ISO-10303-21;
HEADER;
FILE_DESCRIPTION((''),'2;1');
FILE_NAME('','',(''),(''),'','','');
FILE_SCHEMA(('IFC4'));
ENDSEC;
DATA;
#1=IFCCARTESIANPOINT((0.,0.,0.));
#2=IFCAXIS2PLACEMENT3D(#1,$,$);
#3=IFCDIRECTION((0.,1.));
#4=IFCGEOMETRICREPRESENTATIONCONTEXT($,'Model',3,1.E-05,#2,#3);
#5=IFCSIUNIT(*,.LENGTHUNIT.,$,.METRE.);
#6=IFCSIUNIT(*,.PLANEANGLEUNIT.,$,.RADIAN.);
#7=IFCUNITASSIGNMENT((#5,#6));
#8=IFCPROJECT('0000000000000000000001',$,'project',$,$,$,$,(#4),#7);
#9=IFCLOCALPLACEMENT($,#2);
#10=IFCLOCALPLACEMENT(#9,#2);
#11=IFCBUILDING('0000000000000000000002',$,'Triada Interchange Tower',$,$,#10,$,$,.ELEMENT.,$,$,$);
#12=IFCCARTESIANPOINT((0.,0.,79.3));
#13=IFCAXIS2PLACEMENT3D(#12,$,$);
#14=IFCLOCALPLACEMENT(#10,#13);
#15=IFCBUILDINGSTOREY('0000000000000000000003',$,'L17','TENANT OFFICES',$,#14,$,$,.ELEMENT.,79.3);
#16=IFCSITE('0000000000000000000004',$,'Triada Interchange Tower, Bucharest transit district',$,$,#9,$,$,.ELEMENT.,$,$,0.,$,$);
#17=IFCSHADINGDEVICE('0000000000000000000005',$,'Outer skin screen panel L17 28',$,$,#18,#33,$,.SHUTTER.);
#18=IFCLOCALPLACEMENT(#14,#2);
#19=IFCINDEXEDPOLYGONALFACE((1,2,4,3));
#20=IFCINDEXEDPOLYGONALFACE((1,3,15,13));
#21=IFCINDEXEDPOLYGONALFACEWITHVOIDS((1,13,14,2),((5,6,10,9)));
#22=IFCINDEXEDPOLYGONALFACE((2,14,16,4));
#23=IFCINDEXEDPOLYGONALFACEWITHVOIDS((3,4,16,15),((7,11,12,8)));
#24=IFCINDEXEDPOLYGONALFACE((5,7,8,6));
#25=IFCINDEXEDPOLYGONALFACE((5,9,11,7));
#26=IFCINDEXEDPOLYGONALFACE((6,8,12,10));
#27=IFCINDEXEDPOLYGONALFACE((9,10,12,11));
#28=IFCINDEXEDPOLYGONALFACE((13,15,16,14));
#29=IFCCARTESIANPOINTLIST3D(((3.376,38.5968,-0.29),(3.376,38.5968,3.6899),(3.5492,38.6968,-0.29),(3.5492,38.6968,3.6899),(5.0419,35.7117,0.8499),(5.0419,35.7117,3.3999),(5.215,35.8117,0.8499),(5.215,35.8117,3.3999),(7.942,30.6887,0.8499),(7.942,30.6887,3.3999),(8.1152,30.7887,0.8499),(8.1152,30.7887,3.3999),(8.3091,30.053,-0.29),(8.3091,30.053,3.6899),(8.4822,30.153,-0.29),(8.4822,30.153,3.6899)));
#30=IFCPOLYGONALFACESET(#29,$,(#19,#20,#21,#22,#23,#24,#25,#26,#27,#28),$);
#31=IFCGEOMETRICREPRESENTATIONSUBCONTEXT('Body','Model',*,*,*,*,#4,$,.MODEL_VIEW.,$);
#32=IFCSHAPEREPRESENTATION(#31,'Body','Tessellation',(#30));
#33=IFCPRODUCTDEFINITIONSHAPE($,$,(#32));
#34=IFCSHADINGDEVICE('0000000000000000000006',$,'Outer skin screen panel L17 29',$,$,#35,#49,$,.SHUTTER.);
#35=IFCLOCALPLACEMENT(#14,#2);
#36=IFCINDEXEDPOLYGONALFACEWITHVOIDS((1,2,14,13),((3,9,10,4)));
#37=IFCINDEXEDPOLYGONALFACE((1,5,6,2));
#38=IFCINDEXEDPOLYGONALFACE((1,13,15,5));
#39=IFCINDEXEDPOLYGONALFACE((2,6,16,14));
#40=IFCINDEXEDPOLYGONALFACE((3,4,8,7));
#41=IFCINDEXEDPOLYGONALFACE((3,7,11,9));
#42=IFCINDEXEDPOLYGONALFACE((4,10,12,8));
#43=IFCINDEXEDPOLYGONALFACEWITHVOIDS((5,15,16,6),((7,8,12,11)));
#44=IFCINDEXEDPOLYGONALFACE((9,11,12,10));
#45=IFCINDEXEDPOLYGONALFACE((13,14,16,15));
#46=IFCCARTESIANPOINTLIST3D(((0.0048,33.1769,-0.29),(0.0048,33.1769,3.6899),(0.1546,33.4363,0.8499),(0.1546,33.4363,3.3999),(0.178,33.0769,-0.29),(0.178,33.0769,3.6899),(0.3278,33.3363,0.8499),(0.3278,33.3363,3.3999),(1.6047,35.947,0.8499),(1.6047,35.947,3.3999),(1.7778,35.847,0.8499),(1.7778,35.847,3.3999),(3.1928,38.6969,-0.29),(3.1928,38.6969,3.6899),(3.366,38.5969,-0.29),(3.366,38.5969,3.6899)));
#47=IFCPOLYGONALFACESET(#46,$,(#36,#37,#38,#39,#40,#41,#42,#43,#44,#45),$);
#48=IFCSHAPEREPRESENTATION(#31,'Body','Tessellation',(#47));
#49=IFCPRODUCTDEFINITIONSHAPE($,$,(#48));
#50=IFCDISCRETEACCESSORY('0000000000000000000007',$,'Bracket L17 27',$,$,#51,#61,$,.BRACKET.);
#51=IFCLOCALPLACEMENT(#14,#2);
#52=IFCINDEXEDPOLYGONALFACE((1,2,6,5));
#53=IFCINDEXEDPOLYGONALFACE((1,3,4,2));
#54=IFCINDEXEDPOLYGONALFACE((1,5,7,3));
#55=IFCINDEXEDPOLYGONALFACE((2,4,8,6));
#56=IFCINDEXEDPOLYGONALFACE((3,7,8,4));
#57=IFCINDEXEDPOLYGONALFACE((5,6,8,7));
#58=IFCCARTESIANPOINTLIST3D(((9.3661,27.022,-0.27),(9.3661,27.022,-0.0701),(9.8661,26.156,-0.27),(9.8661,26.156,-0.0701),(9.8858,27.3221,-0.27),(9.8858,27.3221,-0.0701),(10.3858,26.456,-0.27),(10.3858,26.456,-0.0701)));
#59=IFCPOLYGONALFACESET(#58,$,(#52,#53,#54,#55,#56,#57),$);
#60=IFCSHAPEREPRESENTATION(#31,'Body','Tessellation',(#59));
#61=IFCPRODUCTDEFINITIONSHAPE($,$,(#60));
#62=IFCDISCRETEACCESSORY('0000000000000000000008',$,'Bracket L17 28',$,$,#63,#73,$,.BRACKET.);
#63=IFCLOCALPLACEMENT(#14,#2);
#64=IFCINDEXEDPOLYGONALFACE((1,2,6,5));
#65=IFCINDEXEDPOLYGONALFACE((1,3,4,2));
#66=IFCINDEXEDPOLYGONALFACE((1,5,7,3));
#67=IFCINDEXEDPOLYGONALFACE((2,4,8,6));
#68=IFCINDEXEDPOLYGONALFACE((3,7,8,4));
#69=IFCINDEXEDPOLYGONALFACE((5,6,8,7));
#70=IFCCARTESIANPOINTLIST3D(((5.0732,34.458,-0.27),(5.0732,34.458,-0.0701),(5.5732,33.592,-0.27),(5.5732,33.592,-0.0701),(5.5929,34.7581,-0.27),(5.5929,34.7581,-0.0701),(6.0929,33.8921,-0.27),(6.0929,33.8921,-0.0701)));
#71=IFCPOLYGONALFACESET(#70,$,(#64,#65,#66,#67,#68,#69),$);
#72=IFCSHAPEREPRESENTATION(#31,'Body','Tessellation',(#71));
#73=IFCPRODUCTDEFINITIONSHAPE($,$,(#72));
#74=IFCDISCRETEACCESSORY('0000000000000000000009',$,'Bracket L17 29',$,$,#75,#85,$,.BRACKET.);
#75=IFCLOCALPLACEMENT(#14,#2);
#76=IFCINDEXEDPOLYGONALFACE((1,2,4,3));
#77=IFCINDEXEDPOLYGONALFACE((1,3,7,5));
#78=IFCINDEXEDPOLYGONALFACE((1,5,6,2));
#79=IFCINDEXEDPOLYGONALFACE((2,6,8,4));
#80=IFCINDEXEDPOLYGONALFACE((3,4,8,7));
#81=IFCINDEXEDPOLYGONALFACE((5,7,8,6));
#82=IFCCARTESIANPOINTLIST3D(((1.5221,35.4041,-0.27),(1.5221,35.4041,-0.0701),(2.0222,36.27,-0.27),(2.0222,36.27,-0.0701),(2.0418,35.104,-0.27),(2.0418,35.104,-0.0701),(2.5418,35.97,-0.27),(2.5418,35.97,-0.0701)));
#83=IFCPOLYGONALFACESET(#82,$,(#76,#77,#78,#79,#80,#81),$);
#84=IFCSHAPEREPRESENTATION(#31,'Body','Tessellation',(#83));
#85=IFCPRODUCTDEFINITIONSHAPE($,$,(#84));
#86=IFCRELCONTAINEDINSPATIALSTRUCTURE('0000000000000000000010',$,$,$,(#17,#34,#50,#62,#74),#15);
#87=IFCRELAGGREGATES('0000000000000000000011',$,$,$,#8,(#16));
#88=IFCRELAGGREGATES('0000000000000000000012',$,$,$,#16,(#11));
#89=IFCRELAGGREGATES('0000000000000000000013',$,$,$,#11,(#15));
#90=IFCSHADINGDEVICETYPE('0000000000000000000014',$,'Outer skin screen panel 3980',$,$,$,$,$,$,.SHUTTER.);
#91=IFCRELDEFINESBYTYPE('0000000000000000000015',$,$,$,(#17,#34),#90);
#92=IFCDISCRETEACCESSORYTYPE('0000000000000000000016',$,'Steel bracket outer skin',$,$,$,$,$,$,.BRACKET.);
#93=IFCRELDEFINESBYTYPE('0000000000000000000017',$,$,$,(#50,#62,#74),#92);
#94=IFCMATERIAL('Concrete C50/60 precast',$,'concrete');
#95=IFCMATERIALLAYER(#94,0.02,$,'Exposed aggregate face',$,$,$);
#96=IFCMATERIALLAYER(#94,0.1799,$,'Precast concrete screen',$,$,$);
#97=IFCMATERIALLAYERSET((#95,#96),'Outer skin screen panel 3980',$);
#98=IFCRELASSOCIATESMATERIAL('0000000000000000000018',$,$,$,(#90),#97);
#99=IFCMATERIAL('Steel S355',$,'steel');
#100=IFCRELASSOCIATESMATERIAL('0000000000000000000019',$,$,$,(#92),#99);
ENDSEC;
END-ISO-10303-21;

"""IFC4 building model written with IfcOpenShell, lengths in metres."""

from ifc_helpers import new_model, si_unit, direction, frame, origin, origin_2d, place, context, subcontext, project, spatial, polyline, rectangle, outline, extrude, material, layer, layer_set, type_object, element, save


model = new_model("IFC4")

# Units and contexts
model_context = context("Model", 3, precision=1e-05, world=origin(), true_north=direction((0.0, 1.0)))
body_context = subcontext(model_context, "Body", "Model", "MODEL_VIEW")
ifc_project = project(units=[si_unit("LENGTHUNIT", "METRE"), si_unit("PLANEANGLEUNIT", "RADIAN")], contexts=[model_context])

# Site, building, storey
site_placement = place(None, origin())
site = spatial("IfcSite", under=ifc_project, at=site_placement, Name="Triada Interchange Tower, Bucharest transit district", CompositionType="ELEMENT", RefElevation=0.0)
building_placement = place(site_placement, origin())
building = spatial("IfcBuilding", under=site, at=building_placement, Name="Triada Interchange Tower", CompositionType="ELEMENT")
storey_placement = place(building_placement, frame((0.0, 0.0, 79.3)))
storey = spatial("IfcBuildingStorey", under=building, at=storey_placement, Name="L17", Description="TENANT OFFICES", CompositionType="ELEMENT", Elevation=79.3)

# Shading devices
ifc_material_1 = material(Name="Concrete C50/60 precast", Category="concrete")
ifc_layer_1 = layer(ifc_material_1, 0.02, Name="Exposed aggregate face")
ifc_layer_2 = layer(ifc_material_1, 0.1799, Name="Precast concrete screen")
ifc_layer_set_1 = layer_set([ifc_layer_1, ifc_layer_2], Name="Outer skin screen panel 3980")
shading_device_type = type_object("IfcShadingDeviceType", Name="Outer skin screen panel 3980", PredefinedType="SHUTTER", material=ifc_layer_set_1)
shading_device_1_placement = place(storey_placement, frame((8.3091, 30.053, -0.29), z_axis=(0.0, 0.0, 1.0), x_axis=(-0.500019, 0.866014, 0.0)))
element("IfcShadingDevice", 1, at=shading_device_1_placement, inside=storey, type_object=shading_device_type, Name="Outer skin screen panel L17 28", PredefinedType="SHUTTER", context=body_context, shape_type="SweptSolid", body=[
    extrude(outline(polyline([(0.0, 0.0), (9.8657, 0.0), (9.8657, 3.98), (0.0, 3.98), (0.0, 0.0)]), holes=[polyline([(0.7341, 1.1399), (0.7341, 3.6899), (6.5342, 3.6899), (6.5342, 1.1399), (0.7341, 1.1399)])]), frame((0.0, 0.0, 0.0), z_axis=(0.0, -1.0, 0.0), x_axis=(1.0, 0.0, 0.0)), (0.0, 0.0, 1.0), 0.2),
])
shading_device_2_placement = place(storey_placement, frame((3.366, 38.5969, -0.29), z_axis=(0.0, 0.0, 1.0), x_axis=(-0.500118, -0.865957, 0.0)))
element("IfcShadingDevice", 2, at=shading_device_2_placement, inside=storey, type_object=shading_device_type, Name="Outer skin screen panel L17 29", PredefinedType="SHUTTER", context=body_context, shape_type="SweptSolid", body=[
    extrude(outline(polyline([(0.0, 0.0), (6.3745, 0.0), (6.3745, 3.98), (0.0, 3.98), (0.0, 0.0)]), holes=[polyline([(3.1755, 1.1399), (3.1755, 3.6899), (6.075, 3.6899), (6.075, 1.1399), (3.1755, 1.1399)])]), frame((0.0, 0.0, 0.0), z_axis=(0.0, -1.0, 0.0), x_axis=(1.0, 0.0, 0.0)), (0.0, 0.0, 1.0), 0.2),
])

# Discrete accessories
ifc_material_2 = material(Name="Steel S355", Category="steel")
discrete_accessory_type = type_object("IfcDiscreteAccessoryType", Name="Steel bracket outer skin", PredefinedType="BRACKET", material=ifc_material_2)
for number, where, z_axis, x_axis, name in (
    (3, (9.876, 26.739, -0.27), (0.0, 0.0, 1.0), (0.866027, 0.499997, 0.0), "Bracket L17 27"),
    (4, (5.583, 34.175, -0.27), (0.0, 0.0, 1.0), (0.866027, 0.499997, 0.0), "Bracket L17 28"),
    (5, (2.032, 35.687, -0.27), (0.0, 0.0, 1.0), (-0.865998, 0.500048, 0.0), "Bracket L17 29"),
):
    element("IfcDiscreteAccessory", number, at=place(storey_placement, frame(where, z_axis=z_axis, x_axis=x_axis)), inside=storey, type_object=discrete_accessory_type, Name=name, PredefinedType="BRACKET", context=body_context, shape_type="SweptSolid", body=[
        extrude(rectangle(XDim=0.6001, YDim=1.0, at=origin_2d()), origin(), (0.0, 0.0, 1.0), 0.2),
    ])

save(model, "model.ifc")
